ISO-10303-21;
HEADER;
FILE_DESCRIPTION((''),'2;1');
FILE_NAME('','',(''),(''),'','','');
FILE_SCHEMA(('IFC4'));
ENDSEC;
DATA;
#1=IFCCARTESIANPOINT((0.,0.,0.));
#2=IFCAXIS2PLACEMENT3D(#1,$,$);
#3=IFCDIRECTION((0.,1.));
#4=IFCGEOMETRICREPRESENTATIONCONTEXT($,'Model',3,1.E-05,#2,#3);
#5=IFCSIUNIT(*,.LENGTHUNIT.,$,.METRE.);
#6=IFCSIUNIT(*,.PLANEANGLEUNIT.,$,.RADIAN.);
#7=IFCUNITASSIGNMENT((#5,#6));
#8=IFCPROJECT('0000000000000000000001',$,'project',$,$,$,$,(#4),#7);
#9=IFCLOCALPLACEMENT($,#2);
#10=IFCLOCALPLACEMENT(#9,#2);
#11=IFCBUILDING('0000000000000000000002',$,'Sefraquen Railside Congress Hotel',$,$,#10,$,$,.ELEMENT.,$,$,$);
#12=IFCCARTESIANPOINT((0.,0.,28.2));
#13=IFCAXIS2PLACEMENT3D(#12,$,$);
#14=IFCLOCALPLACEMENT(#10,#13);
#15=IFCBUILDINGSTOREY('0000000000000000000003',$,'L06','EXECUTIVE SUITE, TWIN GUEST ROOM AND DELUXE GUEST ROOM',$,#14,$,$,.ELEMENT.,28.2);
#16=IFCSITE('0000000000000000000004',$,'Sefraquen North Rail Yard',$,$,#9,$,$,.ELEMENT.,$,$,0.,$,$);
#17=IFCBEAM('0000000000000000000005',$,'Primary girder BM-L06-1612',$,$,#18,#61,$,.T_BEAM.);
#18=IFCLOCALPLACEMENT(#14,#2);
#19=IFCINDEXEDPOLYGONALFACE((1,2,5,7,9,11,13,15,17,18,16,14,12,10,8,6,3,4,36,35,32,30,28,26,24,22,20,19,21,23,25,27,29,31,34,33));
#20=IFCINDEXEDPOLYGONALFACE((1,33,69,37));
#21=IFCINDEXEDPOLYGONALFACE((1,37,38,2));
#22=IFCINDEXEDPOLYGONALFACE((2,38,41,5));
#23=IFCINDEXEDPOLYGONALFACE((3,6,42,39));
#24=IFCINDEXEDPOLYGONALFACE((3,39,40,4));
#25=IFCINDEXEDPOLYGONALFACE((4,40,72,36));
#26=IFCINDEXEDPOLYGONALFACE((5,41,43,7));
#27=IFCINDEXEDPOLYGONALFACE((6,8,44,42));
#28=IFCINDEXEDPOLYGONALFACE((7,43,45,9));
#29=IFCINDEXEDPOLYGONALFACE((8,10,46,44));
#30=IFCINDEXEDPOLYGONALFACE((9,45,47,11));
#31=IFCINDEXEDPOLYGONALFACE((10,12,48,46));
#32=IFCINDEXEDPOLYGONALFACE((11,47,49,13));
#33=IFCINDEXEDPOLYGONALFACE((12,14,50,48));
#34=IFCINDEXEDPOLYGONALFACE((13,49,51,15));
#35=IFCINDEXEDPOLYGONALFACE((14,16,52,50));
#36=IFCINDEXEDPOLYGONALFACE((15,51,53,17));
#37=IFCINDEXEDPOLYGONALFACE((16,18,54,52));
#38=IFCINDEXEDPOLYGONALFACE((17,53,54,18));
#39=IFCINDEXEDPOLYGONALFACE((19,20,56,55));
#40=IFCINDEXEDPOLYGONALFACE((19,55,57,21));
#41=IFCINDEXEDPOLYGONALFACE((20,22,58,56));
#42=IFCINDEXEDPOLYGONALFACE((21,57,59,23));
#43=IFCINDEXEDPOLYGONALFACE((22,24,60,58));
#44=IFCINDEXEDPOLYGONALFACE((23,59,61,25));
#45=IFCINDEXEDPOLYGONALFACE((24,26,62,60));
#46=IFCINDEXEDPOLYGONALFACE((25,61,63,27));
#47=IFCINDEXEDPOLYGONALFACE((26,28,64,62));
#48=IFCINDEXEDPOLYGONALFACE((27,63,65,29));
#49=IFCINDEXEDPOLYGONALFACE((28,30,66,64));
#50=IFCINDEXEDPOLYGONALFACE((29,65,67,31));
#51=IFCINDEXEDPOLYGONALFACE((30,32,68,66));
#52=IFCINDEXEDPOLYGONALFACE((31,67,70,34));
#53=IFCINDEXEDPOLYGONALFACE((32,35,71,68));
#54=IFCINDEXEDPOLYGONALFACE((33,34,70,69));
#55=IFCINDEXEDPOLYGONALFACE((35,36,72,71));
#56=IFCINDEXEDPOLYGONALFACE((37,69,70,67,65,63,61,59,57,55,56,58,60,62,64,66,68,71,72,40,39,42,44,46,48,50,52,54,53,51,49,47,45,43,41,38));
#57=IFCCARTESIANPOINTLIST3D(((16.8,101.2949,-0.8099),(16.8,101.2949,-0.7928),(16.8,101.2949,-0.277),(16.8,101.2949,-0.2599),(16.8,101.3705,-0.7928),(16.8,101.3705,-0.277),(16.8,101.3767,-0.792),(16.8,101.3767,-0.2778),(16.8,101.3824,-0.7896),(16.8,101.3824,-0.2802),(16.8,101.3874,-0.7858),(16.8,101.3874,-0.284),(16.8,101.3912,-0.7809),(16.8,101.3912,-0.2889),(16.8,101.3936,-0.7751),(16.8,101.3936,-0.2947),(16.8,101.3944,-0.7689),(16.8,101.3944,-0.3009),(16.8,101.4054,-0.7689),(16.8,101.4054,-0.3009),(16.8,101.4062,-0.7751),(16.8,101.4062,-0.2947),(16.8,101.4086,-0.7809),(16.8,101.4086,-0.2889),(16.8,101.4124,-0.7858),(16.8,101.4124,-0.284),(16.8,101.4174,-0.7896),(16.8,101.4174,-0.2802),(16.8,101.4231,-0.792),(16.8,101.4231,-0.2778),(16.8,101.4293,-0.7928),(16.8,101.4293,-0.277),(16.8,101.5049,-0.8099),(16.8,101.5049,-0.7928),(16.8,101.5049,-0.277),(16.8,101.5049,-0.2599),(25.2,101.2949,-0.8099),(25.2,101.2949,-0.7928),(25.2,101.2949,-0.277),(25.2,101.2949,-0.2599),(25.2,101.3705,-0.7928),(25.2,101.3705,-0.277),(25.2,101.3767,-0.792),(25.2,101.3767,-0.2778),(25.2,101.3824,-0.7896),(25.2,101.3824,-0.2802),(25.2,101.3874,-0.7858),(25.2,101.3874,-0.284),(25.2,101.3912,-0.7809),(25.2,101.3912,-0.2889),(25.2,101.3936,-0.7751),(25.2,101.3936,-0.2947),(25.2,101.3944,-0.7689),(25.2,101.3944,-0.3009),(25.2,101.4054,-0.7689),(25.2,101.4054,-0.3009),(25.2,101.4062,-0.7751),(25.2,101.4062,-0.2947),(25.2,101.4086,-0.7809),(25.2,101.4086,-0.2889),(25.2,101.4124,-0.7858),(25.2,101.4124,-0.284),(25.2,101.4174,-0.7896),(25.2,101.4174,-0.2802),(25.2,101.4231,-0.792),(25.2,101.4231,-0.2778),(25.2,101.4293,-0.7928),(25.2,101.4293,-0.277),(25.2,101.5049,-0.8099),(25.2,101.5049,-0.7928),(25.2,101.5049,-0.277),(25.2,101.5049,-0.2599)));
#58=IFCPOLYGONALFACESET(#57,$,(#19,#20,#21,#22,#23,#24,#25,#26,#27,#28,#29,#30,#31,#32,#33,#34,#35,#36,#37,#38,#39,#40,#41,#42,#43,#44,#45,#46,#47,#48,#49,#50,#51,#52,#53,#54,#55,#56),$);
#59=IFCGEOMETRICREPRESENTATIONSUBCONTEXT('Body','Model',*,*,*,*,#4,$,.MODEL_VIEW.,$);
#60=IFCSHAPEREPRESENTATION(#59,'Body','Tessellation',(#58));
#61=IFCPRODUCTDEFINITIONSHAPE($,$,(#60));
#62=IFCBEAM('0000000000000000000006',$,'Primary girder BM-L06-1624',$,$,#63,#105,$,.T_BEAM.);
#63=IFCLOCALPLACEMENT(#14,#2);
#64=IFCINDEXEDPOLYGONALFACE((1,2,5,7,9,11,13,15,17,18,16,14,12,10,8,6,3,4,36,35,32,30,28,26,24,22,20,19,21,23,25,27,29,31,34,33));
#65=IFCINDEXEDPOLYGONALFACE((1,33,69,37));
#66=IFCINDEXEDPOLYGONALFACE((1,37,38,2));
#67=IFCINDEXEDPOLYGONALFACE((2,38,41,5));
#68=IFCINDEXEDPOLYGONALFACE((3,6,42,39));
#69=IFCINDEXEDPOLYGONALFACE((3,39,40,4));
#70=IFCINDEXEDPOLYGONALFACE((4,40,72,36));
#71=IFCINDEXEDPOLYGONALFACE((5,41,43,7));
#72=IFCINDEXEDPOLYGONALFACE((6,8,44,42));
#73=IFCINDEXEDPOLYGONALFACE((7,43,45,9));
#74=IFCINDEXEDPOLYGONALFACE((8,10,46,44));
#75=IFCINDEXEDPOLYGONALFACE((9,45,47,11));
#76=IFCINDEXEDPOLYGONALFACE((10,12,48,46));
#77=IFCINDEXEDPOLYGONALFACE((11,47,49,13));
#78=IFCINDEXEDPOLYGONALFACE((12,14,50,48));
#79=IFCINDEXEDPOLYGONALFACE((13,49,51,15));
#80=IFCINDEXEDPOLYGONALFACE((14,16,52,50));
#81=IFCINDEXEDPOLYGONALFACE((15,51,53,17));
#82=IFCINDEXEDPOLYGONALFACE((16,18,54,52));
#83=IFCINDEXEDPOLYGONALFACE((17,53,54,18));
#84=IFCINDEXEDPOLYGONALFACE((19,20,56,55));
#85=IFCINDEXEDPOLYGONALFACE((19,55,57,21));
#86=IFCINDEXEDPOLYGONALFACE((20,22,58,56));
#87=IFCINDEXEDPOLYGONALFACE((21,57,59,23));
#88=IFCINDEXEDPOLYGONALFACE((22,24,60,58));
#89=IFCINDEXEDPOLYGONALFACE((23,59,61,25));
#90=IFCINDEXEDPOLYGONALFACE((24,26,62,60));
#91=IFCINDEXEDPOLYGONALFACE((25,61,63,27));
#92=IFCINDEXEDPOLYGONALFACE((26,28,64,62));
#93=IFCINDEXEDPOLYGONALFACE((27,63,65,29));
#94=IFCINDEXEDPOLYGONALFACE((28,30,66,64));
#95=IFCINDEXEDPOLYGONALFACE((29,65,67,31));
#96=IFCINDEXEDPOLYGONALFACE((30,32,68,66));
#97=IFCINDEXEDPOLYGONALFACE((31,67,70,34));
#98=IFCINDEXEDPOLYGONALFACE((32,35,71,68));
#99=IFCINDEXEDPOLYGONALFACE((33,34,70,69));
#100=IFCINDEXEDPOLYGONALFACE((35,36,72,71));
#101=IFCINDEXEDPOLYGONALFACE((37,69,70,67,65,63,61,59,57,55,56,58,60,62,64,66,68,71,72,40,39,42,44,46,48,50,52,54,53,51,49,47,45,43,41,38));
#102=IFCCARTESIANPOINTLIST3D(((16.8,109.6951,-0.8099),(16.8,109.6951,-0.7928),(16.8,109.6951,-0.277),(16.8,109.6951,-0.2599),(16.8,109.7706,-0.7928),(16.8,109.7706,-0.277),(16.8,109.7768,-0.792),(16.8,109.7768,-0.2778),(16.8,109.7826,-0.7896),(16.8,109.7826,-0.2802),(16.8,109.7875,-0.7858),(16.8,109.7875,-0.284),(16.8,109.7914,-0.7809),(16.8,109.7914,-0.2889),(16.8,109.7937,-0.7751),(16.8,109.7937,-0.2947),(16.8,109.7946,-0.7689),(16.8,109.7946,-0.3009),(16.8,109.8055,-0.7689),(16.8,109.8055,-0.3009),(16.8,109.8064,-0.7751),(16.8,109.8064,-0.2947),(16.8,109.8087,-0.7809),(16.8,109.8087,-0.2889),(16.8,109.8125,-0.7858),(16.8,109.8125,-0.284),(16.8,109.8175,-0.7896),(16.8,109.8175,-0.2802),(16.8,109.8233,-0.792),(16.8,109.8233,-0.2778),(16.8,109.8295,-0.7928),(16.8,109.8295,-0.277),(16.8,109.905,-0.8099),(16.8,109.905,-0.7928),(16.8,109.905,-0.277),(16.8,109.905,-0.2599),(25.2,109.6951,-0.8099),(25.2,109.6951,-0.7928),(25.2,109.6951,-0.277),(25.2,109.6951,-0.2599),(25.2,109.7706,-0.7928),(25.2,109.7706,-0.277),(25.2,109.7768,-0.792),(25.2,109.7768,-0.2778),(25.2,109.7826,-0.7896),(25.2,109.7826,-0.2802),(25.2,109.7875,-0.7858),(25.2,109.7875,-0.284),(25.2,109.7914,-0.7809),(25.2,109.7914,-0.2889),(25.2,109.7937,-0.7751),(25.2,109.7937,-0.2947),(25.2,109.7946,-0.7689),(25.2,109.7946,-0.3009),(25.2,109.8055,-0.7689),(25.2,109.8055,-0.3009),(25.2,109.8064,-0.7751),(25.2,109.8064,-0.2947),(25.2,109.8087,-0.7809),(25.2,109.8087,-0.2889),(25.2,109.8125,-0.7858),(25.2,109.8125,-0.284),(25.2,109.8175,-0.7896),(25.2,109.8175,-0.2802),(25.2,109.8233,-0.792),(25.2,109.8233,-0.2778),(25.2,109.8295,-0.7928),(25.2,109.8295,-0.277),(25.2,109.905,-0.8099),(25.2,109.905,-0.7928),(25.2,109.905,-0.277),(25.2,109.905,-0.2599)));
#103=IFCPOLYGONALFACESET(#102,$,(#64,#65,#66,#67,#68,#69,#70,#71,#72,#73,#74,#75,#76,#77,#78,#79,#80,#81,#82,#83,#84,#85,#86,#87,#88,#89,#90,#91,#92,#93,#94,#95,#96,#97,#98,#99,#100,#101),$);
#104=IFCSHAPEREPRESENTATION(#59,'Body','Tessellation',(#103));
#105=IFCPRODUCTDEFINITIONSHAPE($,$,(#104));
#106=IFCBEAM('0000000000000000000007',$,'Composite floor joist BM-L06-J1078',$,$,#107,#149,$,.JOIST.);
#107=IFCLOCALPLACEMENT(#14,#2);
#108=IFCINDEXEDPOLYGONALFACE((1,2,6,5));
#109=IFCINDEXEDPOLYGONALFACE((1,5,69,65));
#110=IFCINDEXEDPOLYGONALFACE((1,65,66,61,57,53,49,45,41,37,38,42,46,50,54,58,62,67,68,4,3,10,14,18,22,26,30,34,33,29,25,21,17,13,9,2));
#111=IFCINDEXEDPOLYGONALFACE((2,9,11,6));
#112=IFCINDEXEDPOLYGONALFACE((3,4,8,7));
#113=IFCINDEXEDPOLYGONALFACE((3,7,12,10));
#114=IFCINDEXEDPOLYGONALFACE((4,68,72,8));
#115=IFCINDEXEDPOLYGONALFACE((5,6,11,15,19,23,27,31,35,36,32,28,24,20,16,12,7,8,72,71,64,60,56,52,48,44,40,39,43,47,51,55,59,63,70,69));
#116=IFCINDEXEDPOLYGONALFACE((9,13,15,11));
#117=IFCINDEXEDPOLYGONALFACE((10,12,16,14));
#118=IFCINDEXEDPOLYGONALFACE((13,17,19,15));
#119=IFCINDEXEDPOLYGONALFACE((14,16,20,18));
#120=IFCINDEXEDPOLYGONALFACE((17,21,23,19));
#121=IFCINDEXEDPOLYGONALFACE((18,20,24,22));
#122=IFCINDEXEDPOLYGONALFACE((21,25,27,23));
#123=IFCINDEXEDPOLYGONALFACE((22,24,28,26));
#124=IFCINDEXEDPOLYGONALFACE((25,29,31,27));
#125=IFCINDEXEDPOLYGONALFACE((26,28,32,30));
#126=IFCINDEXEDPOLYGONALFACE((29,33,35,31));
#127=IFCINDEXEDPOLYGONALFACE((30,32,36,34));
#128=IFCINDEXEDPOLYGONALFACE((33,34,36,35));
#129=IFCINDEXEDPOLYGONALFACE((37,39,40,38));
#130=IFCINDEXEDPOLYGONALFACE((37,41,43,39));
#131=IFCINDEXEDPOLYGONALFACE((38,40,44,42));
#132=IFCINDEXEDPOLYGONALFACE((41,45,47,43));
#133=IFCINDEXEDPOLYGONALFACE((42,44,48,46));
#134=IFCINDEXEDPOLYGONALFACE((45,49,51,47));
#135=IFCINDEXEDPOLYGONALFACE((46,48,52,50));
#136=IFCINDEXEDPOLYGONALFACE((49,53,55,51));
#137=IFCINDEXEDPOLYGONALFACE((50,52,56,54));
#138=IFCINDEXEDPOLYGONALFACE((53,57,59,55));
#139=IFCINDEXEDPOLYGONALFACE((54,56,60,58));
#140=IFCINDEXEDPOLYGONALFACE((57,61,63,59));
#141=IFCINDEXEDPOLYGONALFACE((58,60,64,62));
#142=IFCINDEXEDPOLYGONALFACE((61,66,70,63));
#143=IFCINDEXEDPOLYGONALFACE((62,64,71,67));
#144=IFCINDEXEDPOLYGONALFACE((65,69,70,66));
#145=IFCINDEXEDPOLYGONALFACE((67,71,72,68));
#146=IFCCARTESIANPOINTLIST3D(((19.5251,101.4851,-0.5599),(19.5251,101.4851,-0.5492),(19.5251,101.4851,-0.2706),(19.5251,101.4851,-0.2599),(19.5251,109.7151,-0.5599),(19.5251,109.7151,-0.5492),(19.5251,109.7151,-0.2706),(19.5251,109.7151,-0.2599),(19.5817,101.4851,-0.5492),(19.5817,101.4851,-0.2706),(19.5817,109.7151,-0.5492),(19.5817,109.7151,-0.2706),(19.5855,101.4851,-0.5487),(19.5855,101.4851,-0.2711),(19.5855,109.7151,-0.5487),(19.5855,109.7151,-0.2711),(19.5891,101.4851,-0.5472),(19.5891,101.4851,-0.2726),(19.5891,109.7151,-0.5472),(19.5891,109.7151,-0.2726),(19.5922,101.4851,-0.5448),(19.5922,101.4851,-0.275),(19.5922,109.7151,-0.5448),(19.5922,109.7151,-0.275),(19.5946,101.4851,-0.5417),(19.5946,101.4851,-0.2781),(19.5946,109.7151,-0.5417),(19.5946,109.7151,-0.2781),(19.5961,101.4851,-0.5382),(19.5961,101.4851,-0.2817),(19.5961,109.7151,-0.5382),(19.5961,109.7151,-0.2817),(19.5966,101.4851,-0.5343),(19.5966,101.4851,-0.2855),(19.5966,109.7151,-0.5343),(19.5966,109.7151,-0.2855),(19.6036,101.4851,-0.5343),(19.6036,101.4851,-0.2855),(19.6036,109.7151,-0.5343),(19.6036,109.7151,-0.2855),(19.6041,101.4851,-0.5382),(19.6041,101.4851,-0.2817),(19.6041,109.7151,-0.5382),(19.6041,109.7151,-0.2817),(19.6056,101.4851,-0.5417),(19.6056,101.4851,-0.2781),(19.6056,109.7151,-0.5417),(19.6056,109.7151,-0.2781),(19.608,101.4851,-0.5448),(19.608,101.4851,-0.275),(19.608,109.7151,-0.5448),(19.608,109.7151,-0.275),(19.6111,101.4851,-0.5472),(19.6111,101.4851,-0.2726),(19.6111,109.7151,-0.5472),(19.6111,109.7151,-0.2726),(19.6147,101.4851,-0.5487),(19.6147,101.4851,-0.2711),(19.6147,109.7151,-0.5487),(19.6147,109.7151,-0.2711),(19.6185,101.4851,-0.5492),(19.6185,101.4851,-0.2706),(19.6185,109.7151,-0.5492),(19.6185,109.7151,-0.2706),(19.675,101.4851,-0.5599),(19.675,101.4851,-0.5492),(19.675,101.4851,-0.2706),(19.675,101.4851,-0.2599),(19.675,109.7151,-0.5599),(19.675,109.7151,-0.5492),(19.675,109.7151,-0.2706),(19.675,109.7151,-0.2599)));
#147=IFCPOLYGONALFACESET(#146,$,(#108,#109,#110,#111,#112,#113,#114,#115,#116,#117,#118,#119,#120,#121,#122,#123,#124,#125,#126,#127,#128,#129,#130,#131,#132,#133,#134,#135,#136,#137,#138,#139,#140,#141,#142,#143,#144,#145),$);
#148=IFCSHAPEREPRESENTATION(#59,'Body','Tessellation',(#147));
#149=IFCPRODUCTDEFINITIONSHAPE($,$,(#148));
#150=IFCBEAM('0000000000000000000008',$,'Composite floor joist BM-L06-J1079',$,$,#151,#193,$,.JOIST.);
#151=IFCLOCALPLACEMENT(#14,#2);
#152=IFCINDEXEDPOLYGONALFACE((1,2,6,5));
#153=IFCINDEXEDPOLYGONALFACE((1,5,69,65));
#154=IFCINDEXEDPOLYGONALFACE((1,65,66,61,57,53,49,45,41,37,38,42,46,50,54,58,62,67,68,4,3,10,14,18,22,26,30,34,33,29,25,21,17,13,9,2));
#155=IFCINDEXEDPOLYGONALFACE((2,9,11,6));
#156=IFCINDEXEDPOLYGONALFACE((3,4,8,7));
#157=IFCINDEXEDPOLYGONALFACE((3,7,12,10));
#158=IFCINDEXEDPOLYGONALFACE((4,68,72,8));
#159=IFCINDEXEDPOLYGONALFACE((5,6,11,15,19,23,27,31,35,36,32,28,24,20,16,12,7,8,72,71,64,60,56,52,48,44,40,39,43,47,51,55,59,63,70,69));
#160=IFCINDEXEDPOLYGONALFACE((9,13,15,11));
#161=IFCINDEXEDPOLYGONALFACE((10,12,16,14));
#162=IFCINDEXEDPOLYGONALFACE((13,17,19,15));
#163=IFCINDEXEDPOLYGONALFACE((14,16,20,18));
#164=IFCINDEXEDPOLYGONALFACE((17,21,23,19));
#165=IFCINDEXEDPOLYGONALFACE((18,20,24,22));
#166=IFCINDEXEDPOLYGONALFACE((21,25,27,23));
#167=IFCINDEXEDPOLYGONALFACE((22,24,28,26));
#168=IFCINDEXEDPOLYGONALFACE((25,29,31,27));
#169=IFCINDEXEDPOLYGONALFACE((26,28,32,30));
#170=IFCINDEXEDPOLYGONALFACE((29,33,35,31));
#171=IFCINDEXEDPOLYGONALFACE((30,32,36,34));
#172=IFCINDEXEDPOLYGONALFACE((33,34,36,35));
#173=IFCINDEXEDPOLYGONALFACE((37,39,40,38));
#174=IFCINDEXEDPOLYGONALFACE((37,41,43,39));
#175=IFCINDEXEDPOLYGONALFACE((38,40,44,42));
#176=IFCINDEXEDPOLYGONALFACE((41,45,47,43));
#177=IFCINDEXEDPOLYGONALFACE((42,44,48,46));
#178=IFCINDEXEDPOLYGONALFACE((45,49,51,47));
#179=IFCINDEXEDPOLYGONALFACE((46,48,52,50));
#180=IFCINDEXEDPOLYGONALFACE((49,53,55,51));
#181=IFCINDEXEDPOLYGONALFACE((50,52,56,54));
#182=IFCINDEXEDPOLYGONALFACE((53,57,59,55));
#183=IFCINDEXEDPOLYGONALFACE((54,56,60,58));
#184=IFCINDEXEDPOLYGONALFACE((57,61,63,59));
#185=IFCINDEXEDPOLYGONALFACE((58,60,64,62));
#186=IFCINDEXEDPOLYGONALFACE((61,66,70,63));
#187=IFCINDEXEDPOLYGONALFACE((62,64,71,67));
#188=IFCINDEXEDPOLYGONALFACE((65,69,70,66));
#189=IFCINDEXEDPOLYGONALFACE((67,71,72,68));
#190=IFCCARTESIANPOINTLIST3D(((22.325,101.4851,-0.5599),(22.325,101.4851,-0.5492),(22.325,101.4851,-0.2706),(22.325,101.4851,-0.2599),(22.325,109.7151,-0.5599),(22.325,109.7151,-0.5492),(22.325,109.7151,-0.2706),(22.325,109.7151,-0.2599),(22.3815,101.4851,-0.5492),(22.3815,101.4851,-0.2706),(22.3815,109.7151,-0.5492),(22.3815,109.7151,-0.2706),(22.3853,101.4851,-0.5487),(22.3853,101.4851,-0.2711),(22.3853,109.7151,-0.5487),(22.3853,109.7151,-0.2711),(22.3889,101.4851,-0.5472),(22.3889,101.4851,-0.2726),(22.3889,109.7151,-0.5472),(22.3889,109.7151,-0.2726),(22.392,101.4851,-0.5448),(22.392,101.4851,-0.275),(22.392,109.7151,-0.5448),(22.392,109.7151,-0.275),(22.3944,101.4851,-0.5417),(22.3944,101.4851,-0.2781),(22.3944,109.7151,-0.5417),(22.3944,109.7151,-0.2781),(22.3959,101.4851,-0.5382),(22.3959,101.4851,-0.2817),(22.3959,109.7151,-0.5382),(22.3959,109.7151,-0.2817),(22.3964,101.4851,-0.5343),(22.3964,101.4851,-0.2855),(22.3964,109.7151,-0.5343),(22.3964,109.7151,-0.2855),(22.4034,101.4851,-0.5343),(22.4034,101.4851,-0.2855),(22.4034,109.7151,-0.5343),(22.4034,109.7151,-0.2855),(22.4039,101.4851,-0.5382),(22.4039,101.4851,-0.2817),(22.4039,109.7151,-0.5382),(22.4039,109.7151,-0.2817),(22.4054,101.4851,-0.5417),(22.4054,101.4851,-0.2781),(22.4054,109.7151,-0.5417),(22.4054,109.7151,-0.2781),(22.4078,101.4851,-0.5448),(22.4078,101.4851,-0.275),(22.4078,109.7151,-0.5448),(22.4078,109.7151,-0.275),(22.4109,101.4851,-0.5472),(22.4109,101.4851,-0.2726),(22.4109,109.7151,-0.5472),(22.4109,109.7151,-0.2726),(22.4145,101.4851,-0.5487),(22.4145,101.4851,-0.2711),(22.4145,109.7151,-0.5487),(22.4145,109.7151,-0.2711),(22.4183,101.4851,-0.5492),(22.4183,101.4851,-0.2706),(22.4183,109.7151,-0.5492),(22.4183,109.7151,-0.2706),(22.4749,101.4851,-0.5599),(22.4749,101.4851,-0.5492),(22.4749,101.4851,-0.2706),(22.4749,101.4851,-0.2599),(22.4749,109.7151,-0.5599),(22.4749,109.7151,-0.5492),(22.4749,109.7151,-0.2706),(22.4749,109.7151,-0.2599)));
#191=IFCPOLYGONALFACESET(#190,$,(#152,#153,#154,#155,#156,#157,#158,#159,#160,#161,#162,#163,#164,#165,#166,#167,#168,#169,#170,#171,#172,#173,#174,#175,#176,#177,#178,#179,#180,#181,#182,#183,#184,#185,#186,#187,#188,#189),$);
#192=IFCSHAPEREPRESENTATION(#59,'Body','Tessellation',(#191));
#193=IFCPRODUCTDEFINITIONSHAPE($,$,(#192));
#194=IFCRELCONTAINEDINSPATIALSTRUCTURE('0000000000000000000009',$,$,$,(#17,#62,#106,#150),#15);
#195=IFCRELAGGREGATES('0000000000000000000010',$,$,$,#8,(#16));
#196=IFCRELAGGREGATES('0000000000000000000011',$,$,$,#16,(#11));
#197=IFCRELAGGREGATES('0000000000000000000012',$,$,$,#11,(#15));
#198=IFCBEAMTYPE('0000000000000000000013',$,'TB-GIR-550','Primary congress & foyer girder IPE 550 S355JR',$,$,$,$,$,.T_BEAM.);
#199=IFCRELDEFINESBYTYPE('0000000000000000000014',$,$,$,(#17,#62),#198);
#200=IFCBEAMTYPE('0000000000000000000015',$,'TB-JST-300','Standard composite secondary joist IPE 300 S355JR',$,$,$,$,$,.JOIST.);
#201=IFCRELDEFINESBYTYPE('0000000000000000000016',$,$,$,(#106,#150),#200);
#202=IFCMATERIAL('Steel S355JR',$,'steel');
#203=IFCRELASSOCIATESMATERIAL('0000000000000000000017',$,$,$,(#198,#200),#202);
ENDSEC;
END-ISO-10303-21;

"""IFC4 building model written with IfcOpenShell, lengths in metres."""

from ifc_helpers import new_model, si_unit, direction, frame, origin, origin_2d, place, context, subcontext, project, spatial, i_section, extrude, material, material_profile, profile_set, type_object, element, save


model = new_model("IFC4")

# Units and contexts
model_context = context("Model", 3, precision=1e-05, world=origin(), true_north=direction((0.0, 1.0)))
body_context = subcontext(model_context, "Body", "Model", "MODEL_VIEW")
ifc_project = project(units=[si_unit("LENGTHUNIT", "METRE"), si_unit("PLANEANGLEUNIT", "RADIAN")], contexts=[model_context])

# Site, building, storey
site_placement = place(None, origin())
site = spatial("IfcSite", under=ifc_project, at=site_placement, Name="Sefraquen North Rail Yard", CompositionType="ELEMENT", RefElevation=0.0)
building_placement = place(site_placement, origin())
building = spatial("IfcBuilding", under=site, at=building_placement, Name="Sefraquen Railside Congress Hotel", CompositionType="ELEMENT")
storey_placement = place(building_placement, frame((0.0, 0.0, 28.2)))
storey = spatial("IfcBuildingStorey", under=building, at=storey_placement, Name="L06", Description="EXECUTIVE SUITE, TWIN GUEST ROOM AND DELUXE GUEST ROOM", CompositionType="ELEMENT", Elevation=28.2)

# Shared definitions
ifc_material_1 = material(Name="Steel S355JR", Category="steel")

# Beams
ifc_material_profile_1 = material_profile(ifc_material_1, i_section(OverallWidth=0.21, OverallDepth=0.55, WebThickness=0.011, FlangeThickness=0.0171, FilletRadius=0.0239, at=origin_2d()), Name="IPE 550")
ifc_profile_set_1 = profile_set([ifc_material_profile_1], Name="Steel S355JR")
beam_type_1 = type_object("IfcBeamType", Name="TB-GIR-550", Description="Primary congress & foyer girder IPE 550 S355JR", PredefinedType="T_BEAM", material=ifc_profile_set_1)
for number, where, z_axis, x_axis, name in (
    (1, (16.8, 101.3999, -0.5349), (1.0, 0.0, 0.0), (0.0, 1.0, 0.0), "Primary girder BM-L06-1612"),
    (2, (16.8, 109.8, -0.5349), (1.0, 0.0, 0.0), (0.0, 1.0, 0.0), "Primary girder BM-L06-1624"),
):
    element("IfcBeam", number, at=place(storey_placement, frame(where, z_axis=z_axis, x_axis=x_axis)), inside=storey, type_object=beam_type_1, Name=name, PredefinedType="T_BEAM", context=body_context, shape_type="SweptSolid", body=[
        extrude(i_section(OverallWidth=0.21, OverallDepth=0.55, WebThickness=0.011, FlangeThickness=0.0171, FilletRadius=0.0239, at=origin_2d()), origin(), (0.0, 0.0, 1.0), 8.3999),
    ])
ifc_material_profile_2 = material_profile(ifc_material_1, i_section(OverallWidth=0.1499, OverallDepth=0.3, WebThickness=0.0071, FlangeThickness=0.0107, FilletRadius=0.0149, at=origin_2d()), Name="IPE 300")
ifc_profile_set_2 = profile_set([ifc_material_profile_2], Name="Steel S355JR")
beam_type_2 = type_object("IfcBeamType", Name="TB-JST-300", Description="Standard composite secondary joist IPE 300 S355JR", PredefinedType="JOIST", material=ifc_profile_set_2)
for number, where, z_axis, x_axis, name in (
    (3, (19.6001, 101.4851, -0.4099), (0.0, 1.0, 0.0), (-1.0, 0.0, 0.0), "Composite floor joist BM-L06-J1078"),
    (4, (22.3999, 101.4851, -0.4099), (0.0, 1.0, 0.0), (-1.0, 0.0, 0.0), "Composite floor joist BM-L06-J1079"),
):
    element("IfcBeam", number, at=place(storey_placement, frame(where, z_axis=z_axis, x_axis=x_axis)), inside=storey, type_object=beam_type_2, Name=name, PredefinedType="JOIST", context=body_context, shape_type="SweptSolid", body=[
        extrude(i_section(OverallWidth=0.1499, OverallDepth=0.3, WebThickness=0.0071, FlangeThickness=0.0107, FilletRadius=0.0149, at=origin_2d()), origin(), (0.0, 0.0, 1.0), 8.23),
    ])

save(model, "model.ifc")
